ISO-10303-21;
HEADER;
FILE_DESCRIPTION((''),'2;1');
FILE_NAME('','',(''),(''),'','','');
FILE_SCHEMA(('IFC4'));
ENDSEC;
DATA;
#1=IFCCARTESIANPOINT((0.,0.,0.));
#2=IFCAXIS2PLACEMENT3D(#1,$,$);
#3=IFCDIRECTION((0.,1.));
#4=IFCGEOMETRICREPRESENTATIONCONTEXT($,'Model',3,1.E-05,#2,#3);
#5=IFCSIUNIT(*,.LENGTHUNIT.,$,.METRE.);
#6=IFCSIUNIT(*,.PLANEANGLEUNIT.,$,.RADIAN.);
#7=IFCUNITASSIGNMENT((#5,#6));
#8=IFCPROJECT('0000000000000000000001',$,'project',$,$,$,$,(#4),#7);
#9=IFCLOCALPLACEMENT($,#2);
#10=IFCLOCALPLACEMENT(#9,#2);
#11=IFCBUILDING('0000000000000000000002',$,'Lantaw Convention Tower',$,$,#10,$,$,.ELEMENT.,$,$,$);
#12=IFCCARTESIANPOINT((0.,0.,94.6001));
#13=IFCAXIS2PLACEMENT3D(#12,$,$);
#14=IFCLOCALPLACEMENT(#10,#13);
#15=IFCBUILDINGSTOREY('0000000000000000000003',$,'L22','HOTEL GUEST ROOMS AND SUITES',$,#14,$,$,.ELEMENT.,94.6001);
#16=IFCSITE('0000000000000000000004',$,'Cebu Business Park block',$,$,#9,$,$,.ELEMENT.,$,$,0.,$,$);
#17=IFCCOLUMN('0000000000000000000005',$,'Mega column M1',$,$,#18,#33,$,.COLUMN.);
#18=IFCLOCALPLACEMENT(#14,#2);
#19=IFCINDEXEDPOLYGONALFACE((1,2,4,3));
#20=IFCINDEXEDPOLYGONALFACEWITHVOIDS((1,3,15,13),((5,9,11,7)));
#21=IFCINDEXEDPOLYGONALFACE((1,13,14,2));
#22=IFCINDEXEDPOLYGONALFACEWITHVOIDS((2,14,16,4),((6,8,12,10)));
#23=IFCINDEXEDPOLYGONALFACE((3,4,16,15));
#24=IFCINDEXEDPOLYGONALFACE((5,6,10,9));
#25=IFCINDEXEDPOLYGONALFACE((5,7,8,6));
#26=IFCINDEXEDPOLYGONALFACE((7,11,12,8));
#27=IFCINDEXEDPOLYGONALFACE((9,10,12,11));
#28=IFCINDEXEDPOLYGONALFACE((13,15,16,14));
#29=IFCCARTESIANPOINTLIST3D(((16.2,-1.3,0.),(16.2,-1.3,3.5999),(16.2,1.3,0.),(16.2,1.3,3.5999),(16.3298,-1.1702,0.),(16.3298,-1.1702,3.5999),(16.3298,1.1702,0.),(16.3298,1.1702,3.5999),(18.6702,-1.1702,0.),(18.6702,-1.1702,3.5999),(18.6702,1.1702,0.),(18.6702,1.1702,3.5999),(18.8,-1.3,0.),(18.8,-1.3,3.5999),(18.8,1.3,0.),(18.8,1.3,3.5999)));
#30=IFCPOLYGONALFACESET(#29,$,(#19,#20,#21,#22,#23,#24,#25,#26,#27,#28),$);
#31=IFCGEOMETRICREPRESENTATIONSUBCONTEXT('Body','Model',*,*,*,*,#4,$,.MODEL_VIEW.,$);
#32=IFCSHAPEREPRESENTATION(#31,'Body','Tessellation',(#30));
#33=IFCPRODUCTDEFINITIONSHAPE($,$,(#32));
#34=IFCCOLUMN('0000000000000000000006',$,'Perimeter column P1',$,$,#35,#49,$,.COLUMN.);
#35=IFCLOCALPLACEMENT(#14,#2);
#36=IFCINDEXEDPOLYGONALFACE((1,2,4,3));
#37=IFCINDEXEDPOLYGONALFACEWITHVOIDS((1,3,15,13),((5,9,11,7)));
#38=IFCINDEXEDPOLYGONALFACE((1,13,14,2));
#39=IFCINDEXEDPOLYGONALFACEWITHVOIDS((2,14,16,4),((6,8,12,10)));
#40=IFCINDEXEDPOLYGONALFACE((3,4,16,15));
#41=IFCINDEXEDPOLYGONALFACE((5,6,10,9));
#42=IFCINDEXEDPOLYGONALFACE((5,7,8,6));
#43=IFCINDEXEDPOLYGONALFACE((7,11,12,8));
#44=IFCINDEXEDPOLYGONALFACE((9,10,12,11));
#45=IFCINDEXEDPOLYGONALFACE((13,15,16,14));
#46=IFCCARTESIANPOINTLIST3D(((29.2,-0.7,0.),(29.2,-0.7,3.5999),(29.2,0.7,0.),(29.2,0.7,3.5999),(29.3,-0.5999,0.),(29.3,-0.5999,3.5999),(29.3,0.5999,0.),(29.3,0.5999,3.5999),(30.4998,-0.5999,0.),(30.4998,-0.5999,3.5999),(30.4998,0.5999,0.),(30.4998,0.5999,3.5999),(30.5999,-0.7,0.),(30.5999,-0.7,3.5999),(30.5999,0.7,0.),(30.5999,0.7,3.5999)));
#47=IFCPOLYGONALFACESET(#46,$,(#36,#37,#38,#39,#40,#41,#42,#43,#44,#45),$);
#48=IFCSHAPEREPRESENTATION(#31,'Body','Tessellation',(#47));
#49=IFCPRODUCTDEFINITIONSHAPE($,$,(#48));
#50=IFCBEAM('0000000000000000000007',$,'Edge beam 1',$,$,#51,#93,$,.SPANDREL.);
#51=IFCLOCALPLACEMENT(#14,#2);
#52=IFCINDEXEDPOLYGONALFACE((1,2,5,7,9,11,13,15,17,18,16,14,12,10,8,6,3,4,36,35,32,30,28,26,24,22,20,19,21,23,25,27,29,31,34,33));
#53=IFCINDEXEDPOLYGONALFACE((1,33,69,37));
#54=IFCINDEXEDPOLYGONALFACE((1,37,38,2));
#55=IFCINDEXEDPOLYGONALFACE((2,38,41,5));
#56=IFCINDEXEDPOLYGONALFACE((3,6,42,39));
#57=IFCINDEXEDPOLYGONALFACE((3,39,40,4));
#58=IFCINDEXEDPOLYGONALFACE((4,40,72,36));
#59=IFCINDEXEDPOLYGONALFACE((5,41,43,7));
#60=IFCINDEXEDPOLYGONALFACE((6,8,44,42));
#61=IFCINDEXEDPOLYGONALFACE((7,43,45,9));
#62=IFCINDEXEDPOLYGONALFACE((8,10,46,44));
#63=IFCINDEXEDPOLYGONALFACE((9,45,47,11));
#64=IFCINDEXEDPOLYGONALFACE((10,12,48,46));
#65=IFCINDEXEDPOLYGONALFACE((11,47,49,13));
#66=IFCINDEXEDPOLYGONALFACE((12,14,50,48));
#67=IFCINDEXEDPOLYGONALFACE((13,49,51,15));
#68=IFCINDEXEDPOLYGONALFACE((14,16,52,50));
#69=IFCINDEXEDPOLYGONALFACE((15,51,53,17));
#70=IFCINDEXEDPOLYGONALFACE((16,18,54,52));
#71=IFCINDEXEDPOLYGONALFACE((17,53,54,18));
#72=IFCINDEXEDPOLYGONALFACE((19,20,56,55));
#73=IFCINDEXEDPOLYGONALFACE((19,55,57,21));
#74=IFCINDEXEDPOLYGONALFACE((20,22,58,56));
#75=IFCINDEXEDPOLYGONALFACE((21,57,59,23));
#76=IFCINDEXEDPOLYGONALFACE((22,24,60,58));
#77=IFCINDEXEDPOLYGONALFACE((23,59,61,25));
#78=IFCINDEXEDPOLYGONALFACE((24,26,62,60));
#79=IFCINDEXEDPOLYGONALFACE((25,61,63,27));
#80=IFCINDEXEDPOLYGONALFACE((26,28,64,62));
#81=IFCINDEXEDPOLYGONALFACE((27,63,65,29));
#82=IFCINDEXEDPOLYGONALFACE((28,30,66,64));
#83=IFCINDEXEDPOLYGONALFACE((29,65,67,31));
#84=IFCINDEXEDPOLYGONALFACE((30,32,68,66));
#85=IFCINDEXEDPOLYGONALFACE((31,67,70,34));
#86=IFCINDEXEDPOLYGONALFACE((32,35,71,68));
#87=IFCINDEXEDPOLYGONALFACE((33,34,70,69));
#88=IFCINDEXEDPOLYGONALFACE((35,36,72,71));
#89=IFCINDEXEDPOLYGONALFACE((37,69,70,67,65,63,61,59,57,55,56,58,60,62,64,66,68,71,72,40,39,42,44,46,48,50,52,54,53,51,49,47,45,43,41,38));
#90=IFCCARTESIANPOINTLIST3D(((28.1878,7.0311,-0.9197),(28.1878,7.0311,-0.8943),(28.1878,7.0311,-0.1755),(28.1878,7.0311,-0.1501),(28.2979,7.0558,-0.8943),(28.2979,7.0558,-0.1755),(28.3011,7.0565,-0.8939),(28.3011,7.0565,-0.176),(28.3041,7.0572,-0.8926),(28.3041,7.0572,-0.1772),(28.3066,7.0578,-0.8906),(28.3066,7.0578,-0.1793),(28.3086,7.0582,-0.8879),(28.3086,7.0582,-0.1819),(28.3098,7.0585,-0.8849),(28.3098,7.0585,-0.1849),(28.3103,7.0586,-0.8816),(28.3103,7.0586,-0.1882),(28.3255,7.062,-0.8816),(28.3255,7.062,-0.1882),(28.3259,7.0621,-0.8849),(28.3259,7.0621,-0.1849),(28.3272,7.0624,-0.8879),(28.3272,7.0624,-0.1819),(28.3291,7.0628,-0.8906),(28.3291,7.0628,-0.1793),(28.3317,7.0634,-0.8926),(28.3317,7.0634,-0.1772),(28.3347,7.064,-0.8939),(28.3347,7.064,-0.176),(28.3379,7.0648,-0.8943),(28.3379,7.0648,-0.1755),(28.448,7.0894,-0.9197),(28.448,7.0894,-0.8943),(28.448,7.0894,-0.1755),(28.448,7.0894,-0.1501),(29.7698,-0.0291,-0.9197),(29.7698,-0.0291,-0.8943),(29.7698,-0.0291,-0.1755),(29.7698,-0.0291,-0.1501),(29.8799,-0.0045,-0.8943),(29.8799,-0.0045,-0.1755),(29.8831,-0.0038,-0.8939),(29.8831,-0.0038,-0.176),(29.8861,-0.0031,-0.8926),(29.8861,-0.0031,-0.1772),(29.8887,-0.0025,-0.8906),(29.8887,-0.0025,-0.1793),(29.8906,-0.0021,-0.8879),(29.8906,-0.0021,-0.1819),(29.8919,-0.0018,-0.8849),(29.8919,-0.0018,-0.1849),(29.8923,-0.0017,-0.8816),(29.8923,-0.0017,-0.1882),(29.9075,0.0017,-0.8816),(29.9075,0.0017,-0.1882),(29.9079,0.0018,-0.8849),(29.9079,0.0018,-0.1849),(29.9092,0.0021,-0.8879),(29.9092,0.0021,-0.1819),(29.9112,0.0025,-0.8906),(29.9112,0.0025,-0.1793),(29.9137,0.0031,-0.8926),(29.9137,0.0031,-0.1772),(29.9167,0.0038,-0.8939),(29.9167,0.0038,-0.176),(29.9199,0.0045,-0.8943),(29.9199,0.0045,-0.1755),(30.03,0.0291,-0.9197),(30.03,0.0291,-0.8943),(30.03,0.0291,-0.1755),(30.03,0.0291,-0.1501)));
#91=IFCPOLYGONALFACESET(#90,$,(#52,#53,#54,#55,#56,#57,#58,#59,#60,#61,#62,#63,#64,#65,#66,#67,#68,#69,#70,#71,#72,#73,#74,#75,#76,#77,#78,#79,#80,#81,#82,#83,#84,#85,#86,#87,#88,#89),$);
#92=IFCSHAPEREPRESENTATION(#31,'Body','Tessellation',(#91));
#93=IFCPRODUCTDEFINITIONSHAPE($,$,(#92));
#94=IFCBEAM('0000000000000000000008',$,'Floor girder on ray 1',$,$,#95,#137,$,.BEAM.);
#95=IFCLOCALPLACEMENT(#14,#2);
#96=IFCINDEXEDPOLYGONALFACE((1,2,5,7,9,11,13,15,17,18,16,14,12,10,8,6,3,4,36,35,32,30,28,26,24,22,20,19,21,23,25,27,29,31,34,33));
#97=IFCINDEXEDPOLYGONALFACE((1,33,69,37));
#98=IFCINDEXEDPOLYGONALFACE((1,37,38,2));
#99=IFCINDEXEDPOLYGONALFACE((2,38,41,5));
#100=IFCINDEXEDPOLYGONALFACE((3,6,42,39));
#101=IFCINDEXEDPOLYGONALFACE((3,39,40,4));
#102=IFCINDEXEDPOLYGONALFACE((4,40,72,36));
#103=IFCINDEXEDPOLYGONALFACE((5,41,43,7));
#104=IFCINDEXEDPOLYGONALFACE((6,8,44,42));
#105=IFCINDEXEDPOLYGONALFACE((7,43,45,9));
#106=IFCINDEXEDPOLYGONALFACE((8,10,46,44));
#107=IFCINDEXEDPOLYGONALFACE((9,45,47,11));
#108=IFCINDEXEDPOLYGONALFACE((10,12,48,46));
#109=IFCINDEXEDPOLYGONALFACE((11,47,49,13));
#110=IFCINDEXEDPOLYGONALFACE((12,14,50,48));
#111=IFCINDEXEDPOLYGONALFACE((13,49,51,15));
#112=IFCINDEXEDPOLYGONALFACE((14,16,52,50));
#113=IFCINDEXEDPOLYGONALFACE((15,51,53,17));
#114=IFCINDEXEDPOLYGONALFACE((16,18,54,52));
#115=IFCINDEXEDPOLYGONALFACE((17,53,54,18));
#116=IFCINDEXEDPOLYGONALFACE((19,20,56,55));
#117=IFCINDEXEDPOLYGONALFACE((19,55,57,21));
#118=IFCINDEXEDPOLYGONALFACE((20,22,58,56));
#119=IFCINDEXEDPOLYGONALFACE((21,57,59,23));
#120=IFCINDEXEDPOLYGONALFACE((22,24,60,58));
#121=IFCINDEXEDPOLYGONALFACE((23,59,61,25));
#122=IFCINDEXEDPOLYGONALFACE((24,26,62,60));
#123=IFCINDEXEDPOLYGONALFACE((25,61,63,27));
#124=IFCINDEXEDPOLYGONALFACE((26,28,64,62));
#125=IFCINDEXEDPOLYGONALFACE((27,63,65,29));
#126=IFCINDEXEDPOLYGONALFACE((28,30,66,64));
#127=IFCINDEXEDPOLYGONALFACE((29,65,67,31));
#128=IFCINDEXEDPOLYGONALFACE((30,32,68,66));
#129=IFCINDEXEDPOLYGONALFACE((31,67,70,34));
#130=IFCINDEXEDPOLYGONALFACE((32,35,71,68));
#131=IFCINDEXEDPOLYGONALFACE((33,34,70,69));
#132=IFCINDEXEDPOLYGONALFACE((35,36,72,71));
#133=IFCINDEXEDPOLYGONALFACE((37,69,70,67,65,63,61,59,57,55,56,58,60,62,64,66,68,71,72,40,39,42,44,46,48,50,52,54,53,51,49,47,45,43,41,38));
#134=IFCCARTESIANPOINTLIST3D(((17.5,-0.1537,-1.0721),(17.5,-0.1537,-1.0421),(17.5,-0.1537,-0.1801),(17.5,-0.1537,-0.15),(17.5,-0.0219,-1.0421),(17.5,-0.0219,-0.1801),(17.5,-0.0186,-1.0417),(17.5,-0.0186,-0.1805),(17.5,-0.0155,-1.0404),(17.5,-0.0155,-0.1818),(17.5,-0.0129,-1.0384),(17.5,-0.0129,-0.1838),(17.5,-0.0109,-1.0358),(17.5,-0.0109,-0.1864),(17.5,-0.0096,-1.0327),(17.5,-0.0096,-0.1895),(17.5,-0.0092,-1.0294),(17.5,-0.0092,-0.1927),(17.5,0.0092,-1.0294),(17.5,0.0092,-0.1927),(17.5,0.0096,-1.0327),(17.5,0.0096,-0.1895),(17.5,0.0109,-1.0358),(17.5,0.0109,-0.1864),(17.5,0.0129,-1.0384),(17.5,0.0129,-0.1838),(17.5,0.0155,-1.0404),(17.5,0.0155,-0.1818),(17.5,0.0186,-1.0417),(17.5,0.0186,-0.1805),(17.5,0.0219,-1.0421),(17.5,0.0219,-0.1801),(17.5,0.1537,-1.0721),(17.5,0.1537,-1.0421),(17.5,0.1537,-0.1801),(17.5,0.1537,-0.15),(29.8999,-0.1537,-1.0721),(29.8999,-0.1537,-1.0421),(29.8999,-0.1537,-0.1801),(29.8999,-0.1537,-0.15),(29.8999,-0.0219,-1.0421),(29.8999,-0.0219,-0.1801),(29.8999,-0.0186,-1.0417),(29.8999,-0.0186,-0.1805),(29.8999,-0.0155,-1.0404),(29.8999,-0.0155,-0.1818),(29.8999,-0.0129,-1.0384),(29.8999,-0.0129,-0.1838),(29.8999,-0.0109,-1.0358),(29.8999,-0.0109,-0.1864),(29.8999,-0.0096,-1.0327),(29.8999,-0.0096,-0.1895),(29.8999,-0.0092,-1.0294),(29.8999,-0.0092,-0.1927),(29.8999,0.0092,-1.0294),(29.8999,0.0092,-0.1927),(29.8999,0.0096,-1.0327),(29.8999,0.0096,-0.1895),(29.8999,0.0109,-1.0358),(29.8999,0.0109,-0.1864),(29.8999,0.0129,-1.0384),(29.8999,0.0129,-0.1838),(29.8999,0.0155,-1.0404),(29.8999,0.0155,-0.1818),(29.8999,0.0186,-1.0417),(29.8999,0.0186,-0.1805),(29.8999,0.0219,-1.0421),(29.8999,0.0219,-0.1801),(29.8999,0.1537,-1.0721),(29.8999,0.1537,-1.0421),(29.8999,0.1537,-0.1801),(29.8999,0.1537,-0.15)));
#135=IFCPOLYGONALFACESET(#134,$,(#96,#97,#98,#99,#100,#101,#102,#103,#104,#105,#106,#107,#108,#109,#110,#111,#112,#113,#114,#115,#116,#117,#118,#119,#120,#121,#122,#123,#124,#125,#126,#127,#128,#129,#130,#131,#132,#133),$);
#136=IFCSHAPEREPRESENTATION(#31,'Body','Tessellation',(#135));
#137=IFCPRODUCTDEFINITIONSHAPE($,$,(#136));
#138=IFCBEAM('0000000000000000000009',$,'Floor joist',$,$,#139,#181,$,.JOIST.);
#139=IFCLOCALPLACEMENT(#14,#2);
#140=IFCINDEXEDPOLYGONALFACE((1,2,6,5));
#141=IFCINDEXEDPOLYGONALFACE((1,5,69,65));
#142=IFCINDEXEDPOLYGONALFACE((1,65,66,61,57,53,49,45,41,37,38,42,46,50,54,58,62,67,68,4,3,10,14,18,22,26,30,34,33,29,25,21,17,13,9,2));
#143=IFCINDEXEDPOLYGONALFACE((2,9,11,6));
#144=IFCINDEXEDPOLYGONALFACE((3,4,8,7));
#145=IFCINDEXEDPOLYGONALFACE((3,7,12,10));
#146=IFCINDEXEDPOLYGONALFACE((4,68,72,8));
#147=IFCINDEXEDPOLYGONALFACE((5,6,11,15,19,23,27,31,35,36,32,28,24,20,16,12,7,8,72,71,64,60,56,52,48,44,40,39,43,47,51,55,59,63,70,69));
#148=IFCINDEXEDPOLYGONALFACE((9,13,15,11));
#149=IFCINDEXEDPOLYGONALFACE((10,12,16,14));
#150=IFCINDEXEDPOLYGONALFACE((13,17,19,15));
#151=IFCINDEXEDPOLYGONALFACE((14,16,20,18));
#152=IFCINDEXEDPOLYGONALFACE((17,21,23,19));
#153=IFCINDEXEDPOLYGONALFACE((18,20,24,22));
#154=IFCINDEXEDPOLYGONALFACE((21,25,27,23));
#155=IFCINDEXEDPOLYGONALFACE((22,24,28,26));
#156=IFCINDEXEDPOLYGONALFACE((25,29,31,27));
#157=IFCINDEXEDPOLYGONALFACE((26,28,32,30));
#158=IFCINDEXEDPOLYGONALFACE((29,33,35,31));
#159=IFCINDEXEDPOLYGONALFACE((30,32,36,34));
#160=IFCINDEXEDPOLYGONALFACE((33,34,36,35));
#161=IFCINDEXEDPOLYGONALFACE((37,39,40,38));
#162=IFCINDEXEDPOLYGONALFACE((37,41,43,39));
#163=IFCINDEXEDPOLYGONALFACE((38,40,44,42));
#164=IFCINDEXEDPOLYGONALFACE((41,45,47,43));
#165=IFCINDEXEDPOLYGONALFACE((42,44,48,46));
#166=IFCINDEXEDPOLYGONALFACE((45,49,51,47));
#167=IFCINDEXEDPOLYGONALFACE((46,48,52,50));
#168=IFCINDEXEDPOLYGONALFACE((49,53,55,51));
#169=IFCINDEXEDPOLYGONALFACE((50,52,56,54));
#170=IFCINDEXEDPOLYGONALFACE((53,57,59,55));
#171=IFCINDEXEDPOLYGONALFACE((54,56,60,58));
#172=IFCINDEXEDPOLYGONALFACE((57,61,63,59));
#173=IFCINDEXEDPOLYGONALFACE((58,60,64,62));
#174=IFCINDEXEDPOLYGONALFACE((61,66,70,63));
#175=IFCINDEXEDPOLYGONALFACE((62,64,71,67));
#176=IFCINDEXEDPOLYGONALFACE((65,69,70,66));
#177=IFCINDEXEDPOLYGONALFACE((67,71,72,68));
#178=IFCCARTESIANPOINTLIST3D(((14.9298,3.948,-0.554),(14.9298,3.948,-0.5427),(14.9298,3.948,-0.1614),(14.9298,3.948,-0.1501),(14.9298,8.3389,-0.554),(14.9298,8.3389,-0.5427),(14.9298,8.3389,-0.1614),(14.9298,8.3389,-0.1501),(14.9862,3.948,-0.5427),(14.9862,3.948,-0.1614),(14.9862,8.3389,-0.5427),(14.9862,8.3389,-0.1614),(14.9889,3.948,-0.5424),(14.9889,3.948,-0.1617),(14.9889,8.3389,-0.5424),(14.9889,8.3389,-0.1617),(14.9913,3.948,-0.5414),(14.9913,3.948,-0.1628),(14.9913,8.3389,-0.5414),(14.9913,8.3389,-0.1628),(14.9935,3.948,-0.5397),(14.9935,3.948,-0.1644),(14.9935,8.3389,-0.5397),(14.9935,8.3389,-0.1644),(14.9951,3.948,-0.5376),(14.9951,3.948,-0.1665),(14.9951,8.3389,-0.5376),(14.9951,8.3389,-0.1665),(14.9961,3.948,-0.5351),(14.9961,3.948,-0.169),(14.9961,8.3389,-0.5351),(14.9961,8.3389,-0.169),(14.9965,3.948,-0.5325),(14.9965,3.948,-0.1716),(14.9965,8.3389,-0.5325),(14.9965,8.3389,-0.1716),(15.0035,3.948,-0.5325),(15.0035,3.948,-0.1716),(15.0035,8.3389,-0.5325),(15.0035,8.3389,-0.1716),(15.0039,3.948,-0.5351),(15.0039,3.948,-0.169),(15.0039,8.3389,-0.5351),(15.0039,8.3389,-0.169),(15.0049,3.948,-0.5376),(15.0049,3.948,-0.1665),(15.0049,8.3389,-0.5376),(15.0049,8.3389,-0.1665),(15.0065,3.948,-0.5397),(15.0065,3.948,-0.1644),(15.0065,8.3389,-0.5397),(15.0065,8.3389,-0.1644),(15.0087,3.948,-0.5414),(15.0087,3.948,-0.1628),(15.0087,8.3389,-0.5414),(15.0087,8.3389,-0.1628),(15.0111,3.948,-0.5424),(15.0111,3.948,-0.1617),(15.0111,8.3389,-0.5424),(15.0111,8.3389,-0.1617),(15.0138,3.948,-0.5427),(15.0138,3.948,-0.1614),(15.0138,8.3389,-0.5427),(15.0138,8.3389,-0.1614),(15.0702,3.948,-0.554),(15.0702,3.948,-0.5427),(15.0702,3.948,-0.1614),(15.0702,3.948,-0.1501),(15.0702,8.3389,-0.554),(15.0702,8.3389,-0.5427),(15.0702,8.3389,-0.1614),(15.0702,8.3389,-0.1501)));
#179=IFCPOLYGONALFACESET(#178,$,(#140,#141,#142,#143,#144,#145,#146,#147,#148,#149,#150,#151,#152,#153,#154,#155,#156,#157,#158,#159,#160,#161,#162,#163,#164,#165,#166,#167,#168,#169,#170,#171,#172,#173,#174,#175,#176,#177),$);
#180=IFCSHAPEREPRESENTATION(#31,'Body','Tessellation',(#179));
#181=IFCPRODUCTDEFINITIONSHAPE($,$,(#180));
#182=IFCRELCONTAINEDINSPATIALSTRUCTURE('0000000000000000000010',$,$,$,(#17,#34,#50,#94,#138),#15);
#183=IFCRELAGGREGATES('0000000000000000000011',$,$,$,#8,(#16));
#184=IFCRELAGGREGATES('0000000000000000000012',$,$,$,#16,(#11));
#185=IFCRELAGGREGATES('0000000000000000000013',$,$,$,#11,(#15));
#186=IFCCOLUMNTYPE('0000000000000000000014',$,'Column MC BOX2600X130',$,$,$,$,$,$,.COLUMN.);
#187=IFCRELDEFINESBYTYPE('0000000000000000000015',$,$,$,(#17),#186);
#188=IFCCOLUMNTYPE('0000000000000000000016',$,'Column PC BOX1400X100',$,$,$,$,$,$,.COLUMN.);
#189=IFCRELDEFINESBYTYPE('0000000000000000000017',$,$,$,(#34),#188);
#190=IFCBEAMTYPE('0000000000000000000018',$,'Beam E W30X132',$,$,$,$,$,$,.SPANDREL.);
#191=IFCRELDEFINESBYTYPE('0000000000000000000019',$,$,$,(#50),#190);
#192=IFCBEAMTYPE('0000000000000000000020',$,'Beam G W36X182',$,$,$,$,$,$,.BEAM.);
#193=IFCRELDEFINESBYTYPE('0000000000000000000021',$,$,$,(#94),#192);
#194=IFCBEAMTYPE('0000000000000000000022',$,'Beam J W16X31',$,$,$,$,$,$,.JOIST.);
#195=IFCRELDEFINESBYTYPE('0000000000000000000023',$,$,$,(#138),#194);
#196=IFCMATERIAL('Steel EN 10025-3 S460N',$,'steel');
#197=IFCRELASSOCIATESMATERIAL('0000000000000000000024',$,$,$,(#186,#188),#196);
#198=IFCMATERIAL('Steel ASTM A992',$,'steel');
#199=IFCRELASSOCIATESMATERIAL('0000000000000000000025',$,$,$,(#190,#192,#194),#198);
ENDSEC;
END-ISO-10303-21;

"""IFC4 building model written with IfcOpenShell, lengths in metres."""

from ifc_helpers import new_model, si_unit, direction, frame, origin, origin_2d, place, context, subcontext, project, spatial, rectangle, hollow_rectangle, i_section, extrude, material, material_profile, profile_set, type_object, element, save


model = new_model("IFC4")

# Units and contexts
model_context = context("Model", 3, precision=1e-05, world=origin(), true_north=direction((0.0, 1.0)))
body_context = subcontext(model_context, "Body", "Model", "MODEL_VIEW")
ifc_project = project(units=[si_unit("LENGTHUNIT", "METRE"), si_unit("PLANEANGLEUNIT", "RADIAN")], contexts=[model_context])

# Site, building, storey
site_placement = place(None, origin())
site = spatial("IfcSite", under=ifc_project, at=site_placement, Name="Cebu Business Park block", CompositionType="ELEMENT", RefElevation=0.0)
building_placement = place(site_placement, origin())
building = spatial("IfcBuilding", under=site, at=building_placement, Name="Lantaw Convention Tower", CompositionType="ELEMENT")
storey_placement = place(building_placement, frame((0.0, 0.0, 94.6001)))
storey = spatial("IfcBuildingStorey", under=building, at=storey_placement, Name="L22", Description="HOTEL GUEST ROOMS AND SUITES", CompositionType="ELEMENT", Elevation=94.6001)

# Columns
ifc_material_1 = material(Name="Steel EN 10025-3 S460N", Category="steel")
ifc_material_profile_1 = material_profile(ifc_material_1, hollow_rectangle(XDim=2.6001, YDim=2.6001, WallThickness=0.1299, at=origin_2d()), Name="BOX2600X130")
ifc_material_2 = material(Name="Concrete C60/75", Category="concrete")
ifc_material_profile_2 = material_profile(ifc_material_2, rectangle(XDim=2.3401, YDim=2.3401, at=origin_2d()), Name="Concrete fill of BOX2600X130")
ifc_profile_set_1 = profile_set([ifc_material_profile_1, ifc_material_profile_2], Name="Steel EN 10025-3 S460N")
column_type_1 = type_object("IfcColumnType", Name="Column MC BOX2600X130", PredefinedType="COLUMN", material=ifc_profile_set_1)
column_1_placement = place(storey_placement, frame((17.5, 0.0, 0.0), z_axis=(0.0, 0.0, 1.0), x_axis=(1.0, 0.0, 0.0)))
element("IfcColumn", 1, at=column_1_placement, inside=storey, type_object=column_type_1, Name="Mega column M1", PredefinedType="COLUMN", context=body_context, shape_type="SweptSolid", body=[
    extrude(hollow_rectangle(XDim=2.6001, YDim=2.6001, WallThickness=0.1299, at=origin_2d()), origin(), (0.0, 0.0, 1.0), 3.5999),
])
ifc_material_profile_3 = material_profile(ifc_material_1, hollow_rectangle(XDim=1.3999, YDim=1.3999, WallThickness=0.1001, at=origin_2d()), Name="BOX1400X100")
ifc_material_profile_4 = material_profile(ifc_material_2, rectangle(XDim=1.2, YDim=1.2, at=origin_2d()), Name="Concrete fill of BOX1400X100")
ifc_profile_set_2 = profile_set([ifc_material_profile_3, ifc_material_profile_4], Name="Steel EN 10025-3 S460N")
column_type_2 = type_object("IfcColumnType", Name="Column PC BOX1400X100", PredefinedType="COLUMN", material=ifc_profile_set_2)
column_2_placement = place(storey_placement, frame((29.8999, 0.0, 0.0), z_axis=(0.0, 0.0, 1.0), x_axis=(1.0, 0.0, 0.0)))
element("IfcColumn", 2, at=column_2_placement, inside=storey, type_object=column_type_2, Name="Perimeter column P1", PredefinedType="COLUMN", context=body_context, shape_type="SweptSolid", body=[
    extrude(hollow_rectangle(XDim=1.3999, YDim=1.3999, WallThickness=0.1001, at=origin_2d()), origin(), (0.0, 0.0, 1.0), 3.5999),
])

# Beams
ifc_material_3 = material(Name="Steel ASTM A992", Category="steel")
ifc_material_profile_5 = material_profile(ifc_material_3, i_section(OverallWidth=0.2666, OverallDepth=0.7695, WebThickness=0.0156, FlangeThickness=0.0254, FilletRadius=0.0127, at=origin_2d()), Name="W30X132")
ifc_profile_set_3 = profile_set([ifc_material_profile_5], Name="Steel ASTM A992")
beam_type_1 = type_object("IfcBeamType", Name="Beam E W30X132", PredefinedType="SPANDREL", material=ifc_profile_set_3)
beam_1_placement = place(storey_placement, frame((29.8999, 0.0, -0.5349), z_axis=(-0.218652, 0.975803, 0.0), x_axis=(-0.975803, -0.218652, 0.0)))
element("IfcBeam", 3, at=beam_1_placement, inside=storey, type_object=beam_type_1, Name="Edge beam 1", PredefinedType="SPANDREL", context=body_context, shape_type="SweptSolid", body=[
    extrude(i_section(OverallWidth=0.2666, OverallDepth=0.7695, WebThickness=0.0156, FlangeThickness=0.0254, FilletRadius=0.0127, at=origin_2d()), origin(), (0.0, 0.0, 1.0), 7.2354),
])
ifc_material_profile_6 = material_profile(ifc_material_3, i_section(OverallWidth=0.3074, OverallDepth=0.9221, WebThickness=0.0183, FlangeThickness=0.03, FilletRadius=0.0127, at=origin_2d()), Name="W36X182")
ifc_profile_set_4 = profile_set([ifc_material_profile_6], Name="Steel ASTM A992")
beam_type_2 = type_object("IfcBeamType", Name="Beam G W36X182", PredefinedType="BEAM", material=ifc_profile_set_4)
beam_2_placement = place(storey_placement, frame((17.5, 0.0, -0.6111), z_axis=(1.0, 0.0, 0.0), x_axis=(0.0, 1.0, 0.0)))
element("IfcBeam", 4, at=beam_2_placement, inside=storey, type_object=beam_type_2, Name="Floor girder on ray 1", PredefinedType="BEAM", context=body_context, shape_type="SweptSolid", body=[
    extrude(i_section(OverallWidth=0.3074, OverallDepth=0.9221, WebThickness=0.0183, FlangeThickness=0.03, FilletRadius=0.0127, at=origin_2d()), origin(), (0.0, 0.0, 1.0), 12.3999),
])
ifc_material_profile_7 = material_profile(ifc_material_3, i_section(OverallWidth=0.1404, OverallDepth=0.4038, WebThickness=0.0071, FlangeThickness=0.0112, FilletRadius=0.0103, at=origin_2d()), Name="W16X31")
ifc_profile_set_5 = profile_set([ifc_material_profile_7], Name="Steel ASTM A992")
beam_type_3 = type_object("IfcBeamType", Name="Beam J W16X31", PredefinedType="JOIST", material=ifc_profile_set_5)
beam_3_placement = place(storey_placement, frame((15.0, 3.948, -0.3521), z_axis=(0.0, 1.0, 0.0), x_axis=(-1.0, 0.0, 0.0)))
element("IfcBeam", 5, at=beam_3_placement, inside=storey, type_object=beam_type_3, Name="Floor joist", PredefinedType="JOIST", context=body_context, shape_type="SweptSolid", body=[
    extrude(i_section(OverallWidth=0.1404, OverallDepth=0.4038, WebThickness=0.0071, FlangeThickness=0.0112, FilletRadius=0.0103, at=origin_2d()), origin(), (0.0, 0.0, 1.0), 4.3909),
])

save(model, "model.ifc")
